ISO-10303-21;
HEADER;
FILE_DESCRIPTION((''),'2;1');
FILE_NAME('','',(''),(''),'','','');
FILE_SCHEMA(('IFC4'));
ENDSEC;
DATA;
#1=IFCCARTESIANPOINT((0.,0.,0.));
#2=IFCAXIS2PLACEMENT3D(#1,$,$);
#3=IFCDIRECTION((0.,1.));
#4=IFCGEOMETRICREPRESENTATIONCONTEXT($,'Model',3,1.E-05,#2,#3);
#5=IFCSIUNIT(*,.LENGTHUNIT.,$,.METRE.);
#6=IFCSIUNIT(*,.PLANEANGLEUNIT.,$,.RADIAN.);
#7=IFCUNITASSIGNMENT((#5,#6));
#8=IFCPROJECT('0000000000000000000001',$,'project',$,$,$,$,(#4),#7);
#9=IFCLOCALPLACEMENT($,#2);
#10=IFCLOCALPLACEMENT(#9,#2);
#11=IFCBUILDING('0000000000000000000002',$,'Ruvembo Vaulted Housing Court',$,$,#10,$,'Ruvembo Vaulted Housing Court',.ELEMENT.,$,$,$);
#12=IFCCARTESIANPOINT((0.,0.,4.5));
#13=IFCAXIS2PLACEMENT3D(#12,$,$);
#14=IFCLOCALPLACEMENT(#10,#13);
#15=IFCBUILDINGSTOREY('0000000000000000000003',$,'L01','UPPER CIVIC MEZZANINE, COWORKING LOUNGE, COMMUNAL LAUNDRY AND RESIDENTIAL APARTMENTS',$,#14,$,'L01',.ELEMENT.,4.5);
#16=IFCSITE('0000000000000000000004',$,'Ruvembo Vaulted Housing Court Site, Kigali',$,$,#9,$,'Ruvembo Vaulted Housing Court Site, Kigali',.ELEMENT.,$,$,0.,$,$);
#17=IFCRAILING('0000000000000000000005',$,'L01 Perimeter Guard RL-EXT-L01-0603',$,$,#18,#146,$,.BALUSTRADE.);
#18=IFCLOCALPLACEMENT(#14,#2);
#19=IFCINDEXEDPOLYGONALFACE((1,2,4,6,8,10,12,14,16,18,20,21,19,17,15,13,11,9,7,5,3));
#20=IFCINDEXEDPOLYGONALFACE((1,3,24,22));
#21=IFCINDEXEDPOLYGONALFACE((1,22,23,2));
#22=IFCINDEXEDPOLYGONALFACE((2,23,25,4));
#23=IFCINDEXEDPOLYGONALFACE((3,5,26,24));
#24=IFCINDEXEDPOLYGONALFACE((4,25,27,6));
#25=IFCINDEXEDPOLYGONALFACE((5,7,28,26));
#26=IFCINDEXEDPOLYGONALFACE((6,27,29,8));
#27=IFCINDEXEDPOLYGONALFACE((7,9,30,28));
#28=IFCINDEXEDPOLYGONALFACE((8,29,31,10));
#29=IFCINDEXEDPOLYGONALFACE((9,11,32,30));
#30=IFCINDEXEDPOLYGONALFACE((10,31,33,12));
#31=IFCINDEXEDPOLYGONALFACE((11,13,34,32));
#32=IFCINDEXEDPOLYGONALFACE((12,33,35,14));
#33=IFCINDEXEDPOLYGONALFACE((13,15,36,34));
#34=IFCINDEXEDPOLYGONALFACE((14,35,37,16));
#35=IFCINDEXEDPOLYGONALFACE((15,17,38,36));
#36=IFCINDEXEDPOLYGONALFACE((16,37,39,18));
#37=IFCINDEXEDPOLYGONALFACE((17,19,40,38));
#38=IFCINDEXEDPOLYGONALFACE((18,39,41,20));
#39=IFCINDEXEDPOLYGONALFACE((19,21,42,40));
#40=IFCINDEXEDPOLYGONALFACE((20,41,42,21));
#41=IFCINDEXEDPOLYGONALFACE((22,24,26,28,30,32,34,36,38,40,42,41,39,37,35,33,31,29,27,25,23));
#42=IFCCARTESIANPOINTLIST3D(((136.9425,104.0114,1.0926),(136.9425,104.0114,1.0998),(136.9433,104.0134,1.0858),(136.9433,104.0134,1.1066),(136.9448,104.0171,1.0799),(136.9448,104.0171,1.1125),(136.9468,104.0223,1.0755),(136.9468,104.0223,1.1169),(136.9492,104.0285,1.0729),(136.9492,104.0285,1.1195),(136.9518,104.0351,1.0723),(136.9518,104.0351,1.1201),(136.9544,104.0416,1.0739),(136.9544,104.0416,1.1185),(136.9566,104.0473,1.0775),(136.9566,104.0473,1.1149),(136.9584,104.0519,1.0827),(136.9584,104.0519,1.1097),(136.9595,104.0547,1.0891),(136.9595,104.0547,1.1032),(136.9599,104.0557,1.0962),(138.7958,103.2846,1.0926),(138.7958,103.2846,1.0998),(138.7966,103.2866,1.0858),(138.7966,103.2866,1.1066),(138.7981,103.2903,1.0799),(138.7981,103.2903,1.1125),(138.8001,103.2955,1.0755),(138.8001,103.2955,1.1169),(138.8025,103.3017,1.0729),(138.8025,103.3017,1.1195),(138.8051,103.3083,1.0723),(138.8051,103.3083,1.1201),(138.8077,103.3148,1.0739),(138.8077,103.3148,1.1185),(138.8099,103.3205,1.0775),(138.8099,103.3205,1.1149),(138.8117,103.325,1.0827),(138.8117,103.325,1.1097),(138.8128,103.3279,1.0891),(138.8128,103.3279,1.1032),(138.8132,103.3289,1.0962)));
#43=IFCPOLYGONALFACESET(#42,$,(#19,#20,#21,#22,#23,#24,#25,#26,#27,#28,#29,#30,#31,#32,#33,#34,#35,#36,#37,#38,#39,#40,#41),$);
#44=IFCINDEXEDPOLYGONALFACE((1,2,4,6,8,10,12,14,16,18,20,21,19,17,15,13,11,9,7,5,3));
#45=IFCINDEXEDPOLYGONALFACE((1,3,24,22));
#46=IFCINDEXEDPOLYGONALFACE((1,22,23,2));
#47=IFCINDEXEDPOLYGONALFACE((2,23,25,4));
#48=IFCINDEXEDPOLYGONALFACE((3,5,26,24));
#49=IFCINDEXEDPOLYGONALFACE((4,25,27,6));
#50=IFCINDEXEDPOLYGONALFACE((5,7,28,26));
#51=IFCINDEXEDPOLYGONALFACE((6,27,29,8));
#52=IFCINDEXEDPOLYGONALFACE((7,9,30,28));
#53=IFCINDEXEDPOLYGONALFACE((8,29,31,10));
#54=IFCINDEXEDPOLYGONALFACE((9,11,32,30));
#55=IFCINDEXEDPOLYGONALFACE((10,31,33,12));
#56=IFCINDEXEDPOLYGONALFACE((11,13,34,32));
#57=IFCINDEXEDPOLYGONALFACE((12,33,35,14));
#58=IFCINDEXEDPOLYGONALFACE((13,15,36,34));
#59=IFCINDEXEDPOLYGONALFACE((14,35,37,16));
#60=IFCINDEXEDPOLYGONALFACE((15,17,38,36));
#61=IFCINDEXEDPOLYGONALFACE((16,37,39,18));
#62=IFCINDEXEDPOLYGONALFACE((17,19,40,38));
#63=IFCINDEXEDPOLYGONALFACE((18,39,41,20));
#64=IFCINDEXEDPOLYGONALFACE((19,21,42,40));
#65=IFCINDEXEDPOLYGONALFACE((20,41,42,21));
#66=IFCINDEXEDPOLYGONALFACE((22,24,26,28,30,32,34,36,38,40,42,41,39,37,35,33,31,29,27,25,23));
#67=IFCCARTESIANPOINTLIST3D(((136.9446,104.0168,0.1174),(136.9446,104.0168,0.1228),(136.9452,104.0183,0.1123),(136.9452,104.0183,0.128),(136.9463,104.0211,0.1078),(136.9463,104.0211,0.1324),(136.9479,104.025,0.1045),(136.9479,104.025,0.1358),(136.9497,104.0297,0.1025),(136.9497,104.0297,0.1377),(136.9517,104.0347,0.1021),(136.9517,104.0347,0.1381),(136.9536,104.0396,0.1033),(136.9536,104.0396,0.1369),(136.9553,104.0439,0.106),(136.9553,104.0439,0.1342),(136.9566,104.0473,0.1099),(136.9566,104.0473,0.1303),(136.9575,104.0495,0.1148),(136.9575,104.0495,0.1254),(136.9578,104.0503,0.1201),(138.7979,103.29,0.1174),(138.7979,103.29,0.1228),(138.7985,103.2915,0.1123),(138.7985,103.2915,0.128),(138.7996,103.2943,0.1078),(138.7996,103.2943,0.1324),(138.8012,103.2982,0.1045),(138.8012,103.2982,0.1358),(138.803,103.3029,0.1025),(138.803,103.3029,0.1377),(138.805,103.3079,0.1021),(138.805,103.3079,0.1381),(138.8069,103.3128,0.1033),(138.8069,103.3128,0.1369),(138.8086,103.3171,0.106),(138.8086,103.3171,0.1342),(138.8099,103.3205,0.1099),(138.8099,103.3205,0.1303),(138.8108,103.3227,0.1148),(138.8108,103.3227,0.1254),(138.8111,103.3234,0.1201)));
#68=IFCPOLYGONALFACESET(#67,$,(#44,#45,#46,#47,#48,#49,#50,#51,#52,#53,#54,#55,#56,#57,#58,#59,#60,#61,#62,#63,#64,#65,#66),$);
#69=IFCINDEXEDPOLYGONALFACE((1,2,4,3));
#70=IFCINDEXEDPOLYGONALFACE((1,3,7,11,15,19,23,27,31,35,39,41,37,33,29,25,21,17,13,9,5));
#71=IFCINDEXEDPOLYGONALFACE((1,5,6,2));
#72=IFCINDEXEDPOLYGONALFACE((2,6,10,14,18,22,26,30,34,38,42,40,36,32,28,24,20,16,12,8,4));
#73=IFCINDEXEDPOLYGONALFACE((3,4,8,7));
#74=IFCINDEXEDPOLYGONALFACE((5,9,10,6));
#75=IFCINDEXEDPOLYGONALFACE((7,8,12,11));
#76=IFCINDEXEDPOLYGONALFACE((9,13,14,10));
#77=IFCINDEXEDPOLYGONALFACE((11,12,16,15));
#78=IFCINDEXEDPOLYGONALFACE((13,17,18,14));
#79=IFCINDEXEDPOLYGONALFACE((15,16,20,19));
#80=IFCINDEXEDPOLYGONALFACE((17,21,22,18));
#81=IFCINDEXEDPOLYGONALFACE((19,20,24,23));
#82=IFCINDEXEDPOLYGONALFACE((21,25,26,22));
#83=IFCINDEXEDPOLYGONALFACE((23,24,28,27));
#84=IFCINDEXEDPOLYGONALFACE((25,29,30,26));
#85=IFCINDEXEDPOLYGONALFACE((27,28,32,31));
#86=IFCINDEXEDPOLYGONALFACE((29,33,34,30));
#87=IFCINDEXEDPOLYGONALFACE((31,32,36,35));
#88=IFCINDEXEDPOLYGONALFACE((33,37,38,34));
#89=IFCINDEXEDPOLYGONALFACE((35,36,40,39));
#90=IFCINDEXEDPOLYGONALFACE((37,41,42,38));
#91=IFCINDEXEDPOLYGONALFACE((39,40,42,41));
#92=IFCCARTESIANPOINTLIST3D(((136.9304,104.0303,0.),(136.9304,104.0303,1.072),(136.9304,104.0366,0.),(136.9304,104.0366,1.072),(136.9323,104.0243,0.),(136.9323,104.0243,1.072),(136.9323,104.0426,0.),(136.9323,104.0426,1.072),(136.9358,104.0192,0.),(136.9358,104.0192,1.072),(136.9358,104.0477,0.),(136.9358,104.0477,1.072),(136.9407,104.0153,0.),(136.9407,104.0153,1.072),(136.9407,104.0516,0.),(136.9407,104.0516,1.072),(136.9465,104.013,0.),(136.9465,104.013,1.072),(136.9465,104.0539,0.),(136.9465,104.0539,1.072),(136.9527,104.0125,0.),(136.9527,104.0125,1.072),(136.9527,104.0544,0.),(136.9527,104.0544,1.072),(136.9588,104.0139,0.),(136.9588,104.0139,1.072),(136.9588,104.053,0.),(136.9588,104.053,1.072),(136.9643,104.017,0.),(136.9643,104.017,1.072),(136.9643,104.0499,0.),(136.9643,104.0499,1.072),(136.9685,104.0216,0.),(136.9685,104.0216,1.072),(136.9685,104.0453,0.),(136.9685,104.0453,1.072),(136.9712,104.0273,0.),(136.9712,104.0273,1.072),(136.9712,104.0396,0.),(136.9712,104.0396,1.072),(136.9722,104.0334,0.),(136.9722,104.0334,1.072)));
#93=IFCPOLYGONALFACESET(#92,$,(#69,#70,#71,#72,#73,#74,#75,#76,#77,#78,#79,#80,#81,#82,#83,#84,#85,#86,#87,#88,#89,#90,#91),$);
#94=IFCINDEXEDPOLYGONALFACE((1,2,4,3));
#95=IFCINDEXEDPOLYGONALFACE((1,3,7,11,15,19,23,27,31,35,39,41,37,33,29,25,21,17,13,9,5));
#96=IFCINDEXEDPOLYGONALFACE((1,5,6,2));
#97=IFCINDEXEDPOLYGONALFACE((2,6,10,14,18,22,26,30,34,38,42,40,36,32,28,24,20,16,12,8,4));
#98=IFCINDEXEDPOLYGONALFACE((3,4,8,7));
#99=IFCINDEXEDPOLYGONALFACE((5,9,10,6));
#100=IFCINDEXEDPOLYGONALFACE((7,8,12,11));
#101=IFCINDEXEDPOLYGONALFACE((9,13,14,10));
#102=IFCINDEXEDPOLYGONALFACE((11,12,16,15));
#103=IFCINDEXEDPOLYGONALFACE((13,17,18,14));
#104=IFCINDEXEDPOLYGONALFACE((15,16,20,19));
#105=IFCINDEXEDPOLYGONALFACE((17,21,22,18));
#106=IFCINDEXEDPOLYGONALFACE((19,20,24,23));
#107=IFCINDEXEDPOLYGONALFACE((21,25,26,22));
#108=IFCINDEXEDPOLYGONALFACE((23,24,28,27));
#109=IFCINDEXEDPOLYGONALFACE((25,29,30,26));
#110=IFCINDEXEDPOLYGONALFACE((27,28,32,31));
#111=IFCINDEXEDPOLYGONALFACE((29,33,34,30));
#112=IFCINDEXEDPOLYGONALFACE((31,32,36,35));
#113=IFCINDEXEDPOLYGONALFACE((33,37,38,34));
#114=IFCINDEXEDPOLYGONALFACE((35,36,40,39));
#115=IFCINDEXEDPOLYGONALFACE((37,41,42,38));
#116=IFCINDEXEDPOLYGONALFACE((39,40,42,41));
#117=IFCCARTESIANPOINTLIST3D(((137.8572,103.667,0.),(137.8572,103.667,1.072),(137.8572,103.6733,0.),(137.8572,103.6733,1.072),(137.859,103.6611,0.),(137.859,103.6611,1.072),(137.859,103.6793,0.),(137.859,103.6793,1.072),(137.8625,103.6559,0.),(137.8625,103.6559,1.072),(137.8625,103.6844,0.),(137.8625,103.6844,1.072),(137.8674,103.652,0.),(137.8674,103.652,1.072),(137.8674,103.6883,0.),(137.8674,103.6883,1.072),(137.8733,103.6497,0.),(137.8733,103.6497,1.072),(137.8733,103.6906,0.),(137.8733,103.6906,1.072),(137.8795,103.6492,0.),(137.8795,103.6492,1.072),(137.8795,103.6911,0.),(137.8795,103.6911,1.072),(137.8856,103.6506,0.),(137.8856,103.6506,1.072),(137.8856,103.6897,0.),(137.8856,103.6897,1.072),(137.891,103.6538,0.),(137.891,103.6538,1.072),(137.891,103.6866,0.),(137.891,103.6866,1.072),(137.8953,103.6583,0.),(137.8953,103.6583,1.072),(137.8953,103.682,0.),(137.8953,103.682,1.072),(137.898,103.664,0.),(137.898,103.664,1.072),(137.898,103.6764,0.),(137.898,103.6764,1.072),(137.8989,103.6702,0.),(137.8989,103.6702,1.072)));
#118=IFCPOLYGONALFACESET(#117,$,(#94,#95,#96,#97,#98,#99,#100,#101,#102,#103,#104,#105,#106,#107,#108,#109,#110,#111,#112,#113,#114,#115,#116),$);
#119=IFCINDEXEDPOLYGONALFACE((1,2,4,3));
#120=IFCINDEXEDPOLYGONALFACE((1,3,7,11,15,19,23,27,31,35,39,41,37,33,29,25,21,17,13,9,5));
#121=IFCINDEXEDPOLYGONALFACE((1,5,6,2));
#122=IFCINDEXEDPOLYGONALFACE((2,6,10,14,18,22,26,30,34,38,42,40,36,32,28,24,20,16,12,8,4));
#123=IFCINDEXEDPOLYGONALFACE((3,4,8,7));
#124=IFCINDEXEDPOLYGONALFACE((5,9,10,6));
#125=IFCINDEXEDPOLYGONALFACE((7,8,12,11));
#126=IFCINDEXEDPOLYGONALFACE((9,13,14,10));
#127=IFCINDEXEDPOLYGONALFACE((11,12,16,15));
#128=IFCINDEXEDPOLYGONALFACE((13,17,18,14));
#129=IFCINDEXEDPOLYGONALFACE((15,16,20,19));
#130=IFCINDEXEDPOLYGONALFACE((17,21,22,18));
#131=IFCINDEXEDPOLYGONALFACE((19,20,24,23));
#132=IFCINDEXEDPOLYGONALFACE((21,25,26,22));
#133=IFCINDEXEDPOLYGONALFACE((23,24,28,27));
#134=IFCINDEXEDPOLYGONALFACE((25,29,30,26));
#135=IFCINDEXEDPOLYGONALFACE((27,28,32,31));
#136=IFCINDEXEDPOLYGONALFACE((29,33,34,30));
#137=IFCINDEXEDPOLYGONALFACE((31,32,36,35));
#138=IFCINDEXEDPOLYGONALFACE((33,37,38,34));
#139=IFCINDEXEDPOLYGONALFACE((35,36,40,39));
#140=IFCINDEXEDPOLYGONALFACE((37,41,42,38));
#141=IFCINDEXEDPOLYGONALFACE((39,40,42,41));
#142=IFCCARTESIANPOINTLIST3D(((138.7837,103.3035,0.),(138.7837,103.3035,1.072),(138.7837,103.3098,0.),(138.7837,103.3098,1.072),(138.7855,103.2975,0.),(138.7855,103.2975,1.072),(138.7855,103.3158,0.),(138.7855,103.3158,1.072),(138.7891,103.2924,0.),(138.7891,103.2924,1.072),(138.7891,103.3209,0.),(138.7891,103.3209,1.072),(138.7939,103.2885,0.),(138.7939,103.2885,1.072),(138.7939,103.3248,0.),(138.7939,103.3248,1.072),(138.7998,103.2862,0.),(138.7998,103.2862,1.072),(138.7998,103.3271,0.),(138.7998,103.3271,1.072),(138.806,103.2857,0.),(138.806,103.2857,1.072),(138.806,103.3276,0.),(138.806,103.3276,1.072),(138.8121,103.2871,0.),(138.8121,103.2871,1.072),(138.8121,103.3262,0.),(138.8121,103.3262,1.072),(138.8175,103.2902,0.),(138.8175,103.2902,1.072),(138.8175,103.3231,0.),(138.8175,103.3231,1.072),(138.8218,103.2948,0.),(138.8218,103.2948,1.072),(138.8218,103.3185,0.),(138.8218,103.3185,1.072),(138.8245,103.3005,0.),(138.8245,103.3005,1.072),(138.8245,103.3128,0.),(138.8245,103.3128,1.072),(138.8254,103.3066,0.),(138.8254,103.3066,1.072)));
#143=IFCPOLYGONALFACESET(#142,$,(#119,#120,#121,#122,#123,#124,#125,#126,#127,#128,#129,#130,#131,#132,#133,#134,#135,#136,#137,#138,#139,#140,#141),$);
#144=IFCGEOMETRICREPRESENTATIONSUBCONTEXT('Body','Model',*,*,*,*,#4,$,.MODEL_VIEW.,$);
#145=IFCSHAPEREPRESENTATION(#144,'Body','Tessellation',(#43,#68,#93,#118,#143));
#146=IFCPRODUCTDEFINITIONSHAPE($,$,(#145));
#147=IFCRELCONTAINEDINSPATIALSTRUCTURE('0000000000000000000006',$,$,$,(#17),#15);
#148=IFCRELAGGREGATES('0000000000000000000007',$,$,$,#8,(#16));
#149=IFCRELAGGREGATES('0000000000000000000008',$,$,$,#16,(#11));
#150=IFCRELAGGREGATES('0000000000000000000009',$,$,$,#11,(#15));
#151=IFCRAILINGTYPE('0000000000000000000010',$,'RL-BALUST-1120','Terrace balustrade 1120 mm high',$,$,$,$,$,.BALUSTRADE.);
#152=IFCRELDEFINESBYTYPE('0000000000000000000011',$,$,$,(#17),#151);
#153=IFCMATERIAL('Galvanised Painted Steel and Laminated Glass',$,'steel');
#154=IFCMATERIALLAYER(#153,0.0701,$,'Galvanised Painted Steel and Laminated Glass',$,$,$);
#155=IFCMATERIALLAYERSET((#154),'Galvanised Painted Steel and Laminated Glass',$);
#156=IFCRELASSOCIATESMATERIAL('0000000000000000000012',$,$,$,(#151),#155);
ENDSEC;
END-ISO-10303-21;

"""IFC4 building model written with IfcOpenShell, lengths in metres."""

from ifc_helpers import new_model, si_unit, direction, frame, origin, origin_2d, place, context, subcontext, project, spatial, circle, extrude, material, layer, layer_set, type_object, element, save


model = new_model("IFC4")

# Units and contexts
model_context = context("Model", 3, precision=1e-05, world=origin(), true_north=direction((0.0, 1.0)))
body_context = subcontext(model_context, "Body", "Model", "MODEL_VIEW")
ifc_project = project(units=[si_unit("LENGTHUNIT", "METRE"), si_unit("PLANEANGLEUNIT", "RADIAN")], contexts=[model_context])

# Site, building, storey
site_placement = place(None, origin())
site = spatial("IfcSite", under=ifc_project, at=site_placement, Name="Ruvembo Vaulted Housing Court Site, Kigali", LongName="Ruvembo Vaulted Housing Court Site, Kigali", CompositionType="ELEMENT", RefElevation=0.0)
building_placement = place(site_placement, origin())
building = spatial("IfcBuilding", under=site, at=building_placement, Name="Ruvembo Vaulted Housing Court", LongName="Ruvembo Vaulted Housing Court", CompositionType="ELEMENT")
storey_placement = place(building_placement, frame((0.0, 0.0, 4.5)))
storey = spatial("IfcBuildingStorey", under=building, at=storey_placement, Name="L01", Description="UPPER CIVIC MEZZANINE, COWORKING LOUNGE, COMMUNAL LAUNDRY AND RESIDENTIAL APARTMENTS", LongName="L01", CompositionType="ELEMENT", Elevation=4.5)

# Railing
ifc_material_1 = material(Name="Galvanised Painted Steel and Laminated Glass", Category="steel")
ifc_layer_1 = layer(ifc_material_1, 0.0701, Name="Galvanised Painted Steel and Laminated Glass")
ifc_layer_set_1 = layer_set([ifc_layer_1], Name="Galvanised Painted Steel and Laminated Glass")
railing_type = type_object("IfcRailingType", Name="RL-BALUST-1120", Description="Terrace balustrade 1120 mm high", PredefinedType="BALUSTRADE", material=ifc_layer_set_1)
railing_1_placement = place(storey_placement, frame((136.9512, 104.0334, 0.0)))
element("IfcRailing", 1, at=railing_1_placement, inside=storey, type_object=railing_type, Name="L01 Perimeter Guard RL-EXT-L01-0603", PredefinedType="BALUSTRADE", context=body_context, shape_type="SweptSolid", body=[
    extrude(circle(Radius=0.0239, at=origin_2d()), frame((0.0, 0.0, 1.0962), z_axis=(0.930967, -0.365102, 0.0), x_axis=(0.365102, 0.930967, 0.0)), (0.0, 0.0, 1.0), 1.9907),
    extrude(circle(Radius=0.0181, at=origin_2d()), frame((0.0, 0.0, 0.1201), z_axis=(0.930967, -0.365102, 0.0), x_axis=(0.365102, 0.930967, 0.0)), (0.0, 0.0, 1.0), 1.9907),
    extrude(circle(Radius=0.021, at=origin_2d()), origin(), (0.0, 0.0, 1.0), 1.072),
    extrude(circle(Radius=0.021, at=origin_2d()), frame((0.9268, -0.3633, 0.0)), (0.0, 0.0, 1.0), 1.072),
    extrude(circle(Radius=0.021, at=origin_2d()), frame((1.8533, -0.7268, 0.0)), (0.0, 0.0, 1.0), 1.072),
])

save(model, "model.ifc")
